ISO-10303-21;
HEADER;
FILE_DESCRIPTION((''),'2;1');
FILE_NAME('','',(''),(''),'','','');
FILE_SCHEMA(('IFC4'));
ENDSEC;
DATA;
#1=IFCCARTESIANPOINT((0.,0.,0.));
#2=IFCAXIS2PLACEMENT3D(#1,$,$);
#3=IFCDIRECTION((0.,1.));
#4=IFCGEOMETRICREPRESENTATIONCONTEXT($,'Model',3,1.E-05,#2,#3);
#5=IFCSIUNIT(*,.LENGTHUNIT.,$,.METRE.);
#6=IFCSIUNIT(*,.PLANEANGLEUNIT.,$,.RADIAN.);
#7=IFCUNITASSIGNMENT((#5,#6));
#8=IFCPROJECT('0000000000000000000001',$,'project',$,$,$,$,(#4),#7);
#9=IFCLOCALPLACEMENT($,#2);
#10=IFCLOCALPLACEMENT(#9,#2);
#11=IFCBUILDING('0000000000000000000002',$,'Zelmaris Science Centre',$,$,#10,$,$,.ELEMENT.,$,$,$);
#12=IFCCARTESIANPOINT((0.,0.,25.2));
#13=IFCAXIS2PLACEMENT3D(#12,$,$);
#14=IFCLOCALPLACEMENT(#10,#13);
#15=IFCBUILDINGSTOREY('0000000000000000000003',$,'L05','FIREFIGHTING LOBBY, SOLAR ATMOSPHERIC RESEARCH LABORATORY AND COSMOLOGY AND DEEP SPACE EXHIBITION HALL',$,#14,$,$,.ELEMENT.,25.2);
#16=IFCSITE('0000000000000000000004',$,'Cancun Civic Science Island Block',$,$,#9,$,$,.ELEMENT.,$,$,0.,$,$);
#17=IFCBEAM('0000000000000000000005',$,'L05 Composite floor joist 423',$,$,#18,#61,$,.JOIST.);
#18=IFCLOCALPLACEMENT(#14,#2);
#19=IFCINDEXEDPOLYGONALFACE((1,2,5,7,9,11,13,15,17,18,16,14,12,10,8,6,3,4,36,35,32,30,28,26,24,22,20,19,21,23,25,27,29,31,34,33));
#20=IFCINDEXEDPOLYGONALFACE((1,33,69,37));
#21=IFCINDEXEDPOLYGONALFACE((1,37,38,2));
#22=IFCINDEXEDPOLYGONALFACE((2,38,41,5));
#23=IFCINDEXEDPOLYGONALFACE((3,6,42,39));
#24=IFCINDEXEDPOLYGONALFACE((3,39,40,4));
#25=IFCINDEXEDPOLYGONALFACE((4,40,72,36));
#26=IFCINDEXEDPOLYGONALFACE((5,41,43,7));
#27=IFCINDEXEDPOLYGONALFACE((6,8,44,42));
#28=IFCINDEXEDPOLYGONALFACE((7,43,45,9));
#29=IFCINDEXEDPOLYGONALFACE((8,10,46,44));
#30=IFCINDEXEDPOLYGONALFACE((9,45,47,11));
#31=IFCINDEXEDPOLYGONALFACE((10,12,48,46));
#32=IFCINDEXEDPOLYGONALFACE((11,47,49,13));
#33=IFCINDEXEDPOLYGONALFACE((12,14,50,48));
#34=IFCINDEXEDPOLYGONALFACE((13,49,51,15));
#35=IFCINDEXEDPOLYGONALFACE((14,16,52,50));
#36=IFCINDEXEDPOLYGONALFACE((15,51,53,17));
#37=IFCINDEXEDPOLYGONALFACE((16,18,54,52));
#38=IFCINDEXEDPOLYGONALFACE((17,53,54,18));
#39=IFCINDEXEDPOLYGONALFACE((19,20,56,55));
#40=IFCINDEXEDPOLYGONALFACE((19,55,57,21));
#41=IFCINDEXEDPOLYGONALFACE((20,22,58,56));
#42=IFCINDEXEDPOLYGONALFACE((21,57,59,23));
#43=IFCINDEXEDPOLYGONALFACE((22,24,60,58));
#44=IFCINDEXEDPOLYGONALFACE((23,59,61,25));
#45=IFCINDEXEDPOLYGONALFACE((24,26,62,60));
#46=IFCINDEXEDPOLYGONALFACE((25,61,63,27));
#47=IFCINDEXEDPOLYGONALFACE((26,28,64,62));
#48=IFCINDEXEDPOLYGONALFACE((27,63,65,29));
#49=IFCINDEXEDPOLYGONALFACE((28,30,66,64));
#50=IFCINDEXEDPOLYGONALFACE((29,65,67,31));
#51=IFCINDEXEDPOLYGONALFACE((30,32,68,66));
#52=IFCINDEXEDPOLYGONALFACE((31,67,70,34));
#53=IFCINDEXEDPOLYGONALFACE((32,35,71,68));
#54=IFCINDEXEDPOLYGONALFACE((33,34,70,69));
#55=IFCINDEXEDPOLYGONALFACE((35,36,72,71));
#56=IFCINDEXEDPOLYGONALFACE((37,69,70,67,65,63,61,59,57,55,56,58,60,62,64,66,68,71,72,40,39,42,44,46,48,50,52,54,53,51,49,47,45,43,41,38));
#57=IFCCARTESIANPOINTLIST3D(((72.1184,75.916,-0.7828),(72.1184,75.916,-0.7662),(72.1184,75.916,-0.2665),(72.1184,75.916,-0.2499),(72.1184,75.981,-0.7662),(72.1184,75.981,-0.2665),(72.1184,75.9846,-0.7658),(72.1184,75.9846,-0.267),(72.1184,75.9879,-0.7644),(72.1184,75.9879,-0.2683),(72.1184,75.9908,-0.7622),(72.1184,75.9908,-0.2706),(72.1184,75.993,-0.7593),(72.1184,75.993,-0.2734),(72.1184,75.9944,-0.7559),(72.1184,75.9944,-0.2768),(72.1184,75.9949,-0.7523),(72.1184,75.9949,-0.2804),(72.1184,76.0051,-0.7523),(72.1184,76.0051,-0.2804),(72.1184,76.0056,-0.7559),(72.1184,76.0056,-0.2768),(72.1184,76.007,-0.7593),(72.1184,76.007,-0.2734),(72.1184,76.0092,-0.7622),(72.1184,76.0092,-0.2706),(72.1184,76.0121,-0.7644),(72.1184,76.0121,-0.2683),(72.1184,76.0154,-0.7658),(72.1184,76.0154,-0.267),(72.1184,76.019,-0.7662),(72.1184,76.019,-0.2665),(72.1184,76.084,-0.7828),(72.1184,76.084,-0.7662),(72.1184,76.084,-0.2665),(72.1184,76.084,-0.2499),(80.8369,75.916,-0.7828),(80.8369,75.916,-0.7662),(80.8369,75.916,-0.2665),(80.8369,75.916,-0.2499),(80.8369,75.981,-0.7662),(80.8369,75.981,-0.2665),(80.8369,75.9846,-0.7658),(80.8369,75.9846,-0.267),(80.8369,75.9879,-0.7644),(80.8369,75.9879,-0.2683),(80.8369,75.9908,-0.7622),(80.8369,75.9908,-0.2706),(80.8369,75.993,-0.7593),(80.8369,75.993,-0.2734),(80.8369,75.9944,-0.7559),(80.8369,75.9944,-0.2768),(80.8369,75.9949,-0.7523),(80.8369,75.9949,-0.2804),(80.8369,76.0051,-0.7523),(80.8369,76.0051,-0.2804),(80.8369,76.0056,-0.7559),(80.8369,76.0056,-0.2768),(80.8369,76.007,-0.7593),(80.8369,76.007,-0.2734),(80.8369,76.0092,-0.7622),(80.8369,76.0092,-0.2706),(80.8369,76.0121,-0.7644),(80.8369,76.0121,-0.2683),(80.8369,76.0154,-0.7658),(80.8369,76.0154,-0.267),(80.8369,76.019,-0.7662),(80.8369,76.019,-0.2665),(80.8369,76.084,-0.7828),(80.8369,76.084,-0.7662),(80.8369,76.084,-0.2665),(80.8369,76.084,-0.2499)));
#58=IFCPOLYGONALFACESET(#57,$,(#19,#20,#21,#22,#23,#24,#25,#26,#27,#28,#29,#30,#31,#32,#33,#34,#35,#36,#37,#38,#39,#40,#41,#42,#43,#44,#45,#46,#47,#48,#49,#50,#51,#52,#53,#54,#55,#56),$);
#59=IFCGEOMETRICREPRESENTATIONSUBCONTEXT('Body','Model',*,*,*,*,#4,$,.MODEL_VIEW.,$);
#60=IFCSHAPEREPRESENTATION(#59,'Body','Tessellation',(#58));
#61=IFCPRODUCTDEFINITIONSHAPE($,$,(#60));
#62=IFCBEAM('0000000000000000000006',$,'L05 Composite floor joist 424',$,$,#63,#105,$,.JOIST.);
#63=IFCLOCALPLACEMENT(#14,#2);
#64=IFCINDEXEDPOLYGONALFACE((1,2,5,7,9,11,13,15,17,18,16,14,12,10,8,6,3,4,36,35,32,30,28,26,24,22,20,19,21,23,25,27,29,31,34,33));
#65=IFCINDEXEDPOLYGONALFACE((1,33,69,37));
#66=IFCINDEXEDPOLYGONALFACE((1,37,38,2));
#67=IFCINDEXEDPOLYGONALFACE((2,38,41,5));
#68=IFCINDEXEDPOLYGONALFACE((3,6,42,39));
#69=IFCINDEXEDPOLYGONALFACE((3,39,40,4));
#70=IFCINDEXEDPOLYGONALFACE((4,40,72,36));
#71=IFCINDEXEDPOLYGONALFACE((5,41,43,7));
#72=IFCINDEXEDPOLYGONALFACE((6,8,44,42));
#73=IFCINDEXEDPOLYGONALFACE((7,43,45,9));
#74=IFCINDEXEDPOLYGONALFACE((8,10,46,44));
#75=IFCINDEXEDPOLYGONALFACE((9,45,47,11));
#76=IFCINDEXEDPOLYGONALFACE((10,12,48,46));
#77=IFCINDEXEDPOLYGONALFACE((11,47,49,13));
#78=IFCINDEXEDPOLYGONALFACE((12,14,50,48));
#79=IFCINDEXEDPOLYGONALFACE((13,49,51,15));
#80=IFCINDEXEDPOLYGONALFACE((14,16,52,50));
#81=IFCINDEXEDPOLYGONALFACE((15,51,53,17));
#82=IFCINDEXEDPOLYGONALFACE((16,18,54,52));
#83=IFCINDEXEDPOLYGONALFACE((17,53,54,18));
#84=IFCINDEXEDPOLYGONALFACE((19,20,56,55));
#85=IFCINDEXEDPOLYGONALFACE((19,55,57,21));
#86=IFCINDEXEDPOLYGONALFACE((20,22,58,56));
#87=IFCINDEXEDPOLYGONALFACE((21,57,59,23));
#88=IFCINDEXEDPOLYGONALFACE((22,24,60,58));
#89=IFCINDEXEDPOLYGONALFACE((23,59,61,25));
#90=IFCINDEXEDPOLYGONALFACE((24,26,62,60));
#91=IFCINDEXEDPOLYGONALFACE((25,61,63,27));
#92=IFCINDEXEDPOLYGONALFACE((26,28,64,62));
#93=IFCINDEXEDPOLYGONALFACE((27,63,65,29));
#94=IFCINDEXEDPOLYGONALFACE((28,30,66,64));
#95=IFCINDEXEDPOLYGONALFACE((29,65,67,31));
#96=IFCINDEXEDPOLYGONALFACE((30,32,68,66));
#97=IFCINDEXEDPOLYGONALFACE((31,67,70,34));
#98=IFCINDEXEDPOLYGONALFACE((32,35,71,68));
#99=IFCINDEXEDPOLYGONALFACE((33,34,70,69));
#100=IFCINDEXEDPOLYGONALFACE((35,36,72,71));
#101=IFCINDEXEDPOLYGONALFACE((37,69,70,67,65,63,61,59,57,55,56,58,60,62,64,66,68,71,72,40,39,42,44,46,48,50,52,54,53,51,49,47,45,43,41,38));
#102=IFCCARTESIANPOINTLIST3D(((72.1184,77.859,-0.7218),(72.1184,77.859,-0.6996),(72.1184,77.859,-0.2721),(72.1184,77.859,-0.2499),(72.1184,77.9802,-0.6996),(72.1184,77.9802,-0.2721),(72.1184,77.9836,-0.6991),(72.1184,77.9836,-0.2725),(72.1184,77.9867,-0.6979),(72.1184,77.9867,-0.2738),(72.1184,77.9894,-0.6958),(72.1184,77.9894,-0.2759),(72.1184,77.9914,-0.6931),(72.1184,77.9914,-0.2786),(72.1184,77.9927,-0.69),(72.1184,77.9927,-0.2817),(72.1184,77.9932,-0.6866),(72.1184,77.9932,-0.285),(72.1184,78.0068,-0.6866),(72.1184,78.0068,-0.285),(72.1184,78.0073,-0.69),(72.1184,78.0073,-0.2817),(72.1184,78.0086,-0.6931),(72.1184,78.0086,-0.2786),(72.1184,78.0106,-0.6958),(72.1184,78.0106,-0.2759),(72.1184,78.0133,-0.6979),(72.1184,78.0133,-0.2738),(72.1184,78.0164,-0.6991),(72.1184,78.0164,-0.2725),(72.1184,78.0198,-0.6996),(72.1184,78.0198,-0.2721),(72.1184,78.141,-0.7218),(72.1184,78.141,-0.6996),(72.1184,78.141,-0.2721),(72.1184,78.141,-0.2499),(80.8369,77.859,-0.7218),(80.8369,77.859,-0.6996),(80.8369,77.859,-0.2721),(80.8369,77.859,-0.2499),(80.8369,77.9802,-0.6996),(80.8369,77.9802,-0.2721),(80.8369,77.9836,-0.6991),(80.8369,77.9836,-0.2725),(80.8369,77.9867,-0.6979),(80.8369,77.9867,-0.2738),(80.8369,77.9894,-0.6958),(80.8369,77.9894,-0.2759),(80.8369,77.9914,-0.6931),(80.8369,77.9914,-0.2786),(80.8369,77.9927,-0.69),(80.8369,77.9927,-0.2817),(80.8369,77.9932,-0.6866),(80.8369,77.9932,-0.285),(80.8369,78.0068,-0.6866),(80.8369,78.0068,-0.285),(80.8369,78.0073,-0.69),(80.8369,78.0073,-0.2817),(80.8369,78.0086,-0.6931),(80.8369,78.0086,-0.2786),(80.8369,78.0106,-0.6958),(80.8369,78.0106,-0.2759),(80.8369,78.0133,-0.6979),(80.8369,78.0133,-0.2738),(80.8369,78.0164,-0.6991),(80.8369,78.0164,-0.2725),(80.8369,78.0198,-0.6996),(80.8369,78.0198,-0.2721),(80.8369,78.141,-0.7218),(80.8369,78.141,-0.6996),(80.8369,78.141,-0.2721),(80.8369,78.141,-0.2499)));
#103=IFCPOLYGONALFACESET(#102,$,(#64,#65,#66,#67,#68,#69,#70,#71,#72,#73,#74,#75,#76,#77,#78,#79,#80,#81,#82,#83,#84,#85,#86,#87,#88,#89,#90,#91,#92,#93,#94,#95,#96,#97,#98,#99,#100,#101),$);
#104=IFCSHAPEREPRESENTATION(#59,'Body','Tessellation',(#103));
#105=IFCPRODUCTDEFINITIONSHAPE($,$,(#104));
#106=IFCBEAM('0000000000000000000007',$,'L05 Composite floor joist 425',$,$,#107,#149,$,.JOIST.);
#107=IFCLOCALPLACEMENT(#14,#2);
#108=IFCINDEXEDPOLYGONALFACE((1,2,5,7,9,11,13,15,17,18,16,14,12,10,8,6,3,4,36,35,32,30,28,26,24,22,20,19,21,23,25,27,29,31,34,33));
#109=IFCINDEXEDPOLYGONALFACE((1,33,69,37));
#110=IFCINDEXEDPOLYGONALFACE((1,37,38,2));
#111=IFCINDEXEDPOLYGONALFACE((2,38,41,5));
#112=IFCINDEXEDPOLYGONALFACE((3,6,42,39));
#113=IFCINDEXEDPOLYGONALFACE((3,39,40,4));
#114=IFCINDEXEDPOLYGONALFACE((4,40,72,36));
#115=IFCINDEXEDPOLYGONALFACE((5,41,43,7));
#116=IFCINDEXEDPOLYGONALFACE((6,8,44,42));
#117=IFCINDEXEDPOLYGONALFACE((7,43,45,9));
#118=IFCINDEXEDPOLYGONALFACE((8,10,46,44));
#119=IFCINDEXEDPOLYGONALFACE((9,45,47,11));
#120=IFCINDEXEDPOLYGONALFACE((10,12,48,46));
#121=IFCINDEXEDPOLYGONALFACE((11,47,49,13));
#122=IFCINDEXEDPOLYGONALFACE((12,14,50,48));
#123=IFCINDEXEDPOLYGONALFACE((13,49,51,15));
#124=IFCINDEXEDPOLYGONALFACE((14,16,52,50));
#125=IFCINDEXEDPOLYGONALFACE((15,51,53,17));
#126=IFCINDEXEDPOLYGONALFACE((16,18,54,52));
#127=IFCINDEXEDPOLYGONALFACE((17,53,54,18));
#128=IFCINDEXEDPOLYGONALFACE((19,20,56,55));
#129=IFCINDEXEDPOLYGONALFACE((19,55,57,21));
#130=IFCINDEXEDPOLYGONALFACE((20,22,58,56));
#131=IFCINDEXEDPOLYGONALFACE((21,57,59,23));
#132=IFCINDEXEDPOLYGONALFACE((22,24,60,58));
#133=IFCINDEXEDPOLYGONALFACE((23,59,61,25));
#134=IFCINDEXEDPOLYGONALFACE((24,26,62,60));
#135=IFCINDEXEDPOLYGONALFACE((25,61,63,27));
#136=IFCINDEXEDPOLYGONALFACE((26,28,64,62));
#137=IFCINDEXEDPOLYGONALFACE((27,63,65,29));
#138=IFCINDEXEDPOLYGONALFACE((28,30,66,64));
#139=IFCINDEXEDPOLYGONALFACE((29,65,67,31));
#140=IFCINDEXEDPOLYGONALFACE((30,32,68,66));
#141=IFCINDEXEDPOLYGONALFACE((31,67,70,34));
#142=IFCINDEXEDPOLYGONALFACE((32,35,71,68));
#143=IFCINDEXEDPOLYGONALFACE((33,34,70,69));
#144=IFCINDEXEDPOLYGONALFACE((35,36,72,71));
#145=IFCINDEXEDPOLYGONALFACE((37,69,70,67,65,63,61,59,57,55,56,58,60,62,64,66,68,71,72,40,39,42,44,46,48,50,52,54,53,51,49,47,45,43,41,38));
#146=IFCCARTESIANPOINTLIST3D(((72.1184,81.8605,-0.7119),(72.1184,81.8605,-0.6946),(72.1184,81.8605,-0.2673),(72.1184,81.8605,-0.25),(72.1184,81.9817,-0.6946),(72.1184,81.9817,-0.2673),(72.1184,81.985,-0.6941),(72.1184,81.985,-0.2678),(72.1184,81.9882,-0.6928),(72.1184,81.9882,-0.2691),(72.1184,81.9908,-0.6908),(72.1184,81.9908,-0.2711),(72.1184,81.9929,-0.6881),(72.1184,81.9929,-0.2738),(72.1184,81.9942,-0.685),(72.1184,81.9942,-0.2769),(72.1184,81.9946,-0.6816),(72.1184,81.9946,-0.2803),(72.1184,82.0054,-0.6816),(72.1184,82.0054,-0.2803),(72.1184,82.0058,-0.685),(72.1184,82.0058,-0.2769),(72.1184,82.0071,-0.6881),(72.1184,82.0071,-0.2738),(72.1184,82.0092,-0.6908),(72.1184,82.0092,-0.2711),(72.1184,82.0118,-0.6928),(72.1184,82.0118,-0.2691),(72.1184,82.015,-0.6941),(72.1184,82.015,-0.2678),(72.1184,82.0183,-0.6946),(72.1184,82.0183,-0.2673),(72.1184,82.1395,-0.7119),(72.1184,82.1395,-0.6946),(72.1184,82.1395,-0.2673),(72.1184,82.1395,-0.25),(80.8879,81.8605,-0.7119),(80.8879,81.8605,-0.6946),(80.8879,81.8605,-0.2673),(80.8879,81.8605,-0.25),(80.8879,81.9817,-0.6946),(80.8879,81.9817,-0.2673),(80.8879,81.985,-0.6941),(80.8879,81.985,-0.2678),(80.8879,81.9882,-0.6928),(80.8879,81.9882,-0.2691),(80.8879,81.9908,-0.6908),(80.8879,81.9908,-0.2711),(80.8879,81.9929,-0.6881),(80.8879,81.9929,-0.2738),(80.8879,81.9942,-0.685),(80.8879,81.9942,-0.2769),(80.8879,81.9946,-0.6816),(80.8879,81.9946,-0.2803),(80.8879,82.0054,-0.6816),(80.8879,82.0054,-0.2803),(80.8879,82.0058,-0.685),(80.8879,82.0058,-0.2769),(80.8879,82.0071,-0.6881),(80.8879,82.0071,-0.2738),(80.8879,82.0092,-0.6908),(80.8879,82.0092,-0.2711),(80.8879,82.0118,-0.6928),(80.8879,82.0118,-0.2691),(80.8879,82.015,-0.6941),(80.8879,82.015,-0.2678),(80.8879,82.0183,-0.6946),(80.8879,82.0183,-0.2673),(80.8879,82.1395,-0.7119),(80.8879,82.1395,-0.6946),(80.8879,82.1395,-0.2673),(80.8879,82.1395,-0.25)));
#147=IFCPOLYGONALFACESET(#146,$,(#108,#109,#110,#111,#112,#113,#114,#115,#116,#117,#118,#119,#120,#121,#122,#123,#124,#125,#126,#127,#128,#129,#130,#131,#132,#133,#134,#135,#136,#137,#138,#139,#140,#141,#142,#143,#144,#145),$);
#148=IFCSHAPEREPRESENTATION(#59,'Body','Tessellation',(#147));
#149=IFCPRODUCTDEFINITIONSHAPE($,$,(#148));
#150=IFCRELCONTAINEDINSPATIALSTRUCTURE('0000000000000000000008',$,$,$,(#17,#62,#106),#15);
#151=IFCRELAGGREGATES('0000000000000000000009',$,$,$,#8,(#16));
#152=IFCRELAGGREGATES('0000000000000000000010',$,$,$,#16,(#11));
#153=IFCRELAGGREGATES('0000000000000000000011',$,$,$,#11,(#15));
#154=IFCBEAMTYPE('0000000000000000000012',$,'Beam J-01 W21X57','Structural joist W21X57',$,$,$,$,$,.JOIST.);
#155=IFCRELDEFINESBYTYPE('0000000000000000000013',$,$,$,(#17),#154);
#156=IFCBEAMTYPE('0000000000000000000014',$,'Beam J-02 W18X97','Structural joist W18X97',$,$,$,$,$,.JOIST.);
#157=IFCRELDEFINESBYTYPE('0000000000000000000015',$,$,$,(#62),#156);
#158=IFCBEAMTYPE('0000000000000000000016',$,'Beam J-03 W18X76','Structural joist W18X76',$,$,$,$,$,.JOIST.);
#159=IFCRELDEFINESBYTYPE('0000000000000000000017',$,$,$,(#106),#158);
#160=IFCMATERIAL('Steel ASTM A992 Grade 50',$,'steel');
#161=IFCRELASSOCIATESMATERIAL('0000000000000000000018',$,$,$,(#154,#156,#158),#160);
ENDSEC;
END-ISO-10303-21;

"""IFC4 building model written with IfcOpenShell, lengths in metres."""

from ifc_helpers import new_model, si_unit, direction, frame, origin, origin_2d, place, context, subcontext, project, spatial, i_section, extrude, material, material_profile, profile_set, type_object, element, save


model = new_model("IFC4")

# Units and contexts
model_context = context("Model", 3, precision=1e-05, world=origin(), true_north=direction((0.0, 1.0)))
body_context = subcontext(model_context, "Body", "Model", "MODEL_VIEW")
ifc_project = project(units=[si_unit("LENGTHUNIT", "METRE"), si_unit("PLANEANGLEUNIT", "RADIAN")], contexts=[model_context])

# Site, building, storey
site_placement = place(None, origin())
site = spatial("IfcSite", under=ifc_project, at=site_placement, Name="Cancun Civic Science Island Block", CompositionType="ELEMENT", RefElevation=0.0)
building_placement = place(site_placement, origin())
building = spatial("IfcBuilding", under=site, at=building_placement, Name="Zelmaris Science Centre", CompositionType="ELEMENT")
storey_placement = place(building_placement, frame((0.0, 0.0, 25.2)))
storey = spatial("IfcBuildingStorey", under=building, at=storey_placement, Name="L05", Description="FIREFIGHTING LOBBY, SOLAR ATMOSPHERIC RESEARCH LABORATORY AND COSMOLOGY AND DEEP SPACE EXHIBITION HALL", CompositionType="ELEMENT", Elevation=25.2)

# Shared definitions
ifc_material_1 = material(Name="Steel ASTM A992 Grade 50", Category="steel")

# Beams
ifc_material_profile_1 = material_profile(ifc_material_1, i_section(OverallWidth=0.168, OverallDepth=0.533, WebThickness=0.0103, FlangeThickness=0.0166, FilletRadius=0.0139, at=origin_2d()), Name="W21X57")
ifc_profile_set_1 = profile_set([ifc_material_profile_1], Name="Steel ASTM A992 Grade 50")
beam_type_1 = type_object("IfcBeamType", Name="Beam J-01 W21X57", Description="Structural joist W21X57", PredefinedType="JOIST", material=ifc_profile_set_1)
beam_1_placement = place(storey_placement, frame((72.1184, 76.0, -0.5164), z_axis=(1.0, 0.0, 0.0), x_axis=(0.0, 1.0, 0.0)))
element("IfcBeam", 1, at=beam_1_placement, inside=storey, type_object=beam_type_1, Name="L05 Composite floor joist 423", PredefinedType="JOIST", context=body_context, shape_type="SweptSolid", body=[
    extrude(i_section(OverallWidth=0.168, OverallDepth=0.533, WebThickness=0.0103, FlangeThickness=0.0166, FilletRadius=0.0139, at=origin_2d()), origin(), (0.0, 0.0, 1.0), 8.7185),
])
ifc_material_profile_2 = material_profile(ifc_material_1, i_section(OverallWidth=0.282, OverallDepth=0.4719, WebThickness=0.0137, FlangeThickness=0.0222, FilletRadius=0.0129, at=origin_2d()), Name="W18X97")
ifc_profile_set_2 = profile_set([ifc_material_profile_2], Name="Steel ASTM A992 Grade 50")
beam_type_2 = type_object("IfcBeamType", Name="Beam J-02 W18X97", Description="Structural joist W18X97", PredefinedType="JOIST", material=ifc_profile_set_2)
beam_2_placement = place(storey_placement, frame((72.1184, 78.0, -0.4858), z_axis=(1.0, 0.0, 0.0), x_axis=(0.0, 1.0, 0.0)))
element("IfcBeam", 2, at=beam_2_placement, inside=storey, type_object=beam_type_2, Name="L05 Composite floor joist 424", PredefinedType="JOIST", context=body_context, shape_type="SweptSolid", body=[
    extrude(i_section(OverallWidth=0.282, OverallDepth=0.4719, WebThickness=0.0137, FlangeThickness=0.0222, FilletRadius=0.0129, at=origin_2d()), origin(), (0.0, 0.0, 1.0), 8.7185),
])
ifc_material_profile_3 = material_profile(ifc_material_1, i_section(OverallWidth=0.2791, OverallDepth=0.4619, WebThickness=0.0107, FlangeThickness=0.0173, FilletRadius=0.0129, at=origin_2d()), Name="W18X76")
ifc_profile_set_3 = profile_set([ifc_material_profile_3], Name="Steel ASTM A992 Grade 50")
beam_type_3 = type_object("IfcBeamType", Name="Beam J-03 W18X76", Description="Structural joist W18X76", PredefinedType="JOIST", material=ifc_profile_set_3)
beam_3_placement = place(storey_placement, frame((72.1184, 82.0, -0.481), z_axis=(1.0, 0.0, 0.0), x_axis=(0.0, 1.0, 0.0)))
element("IfcBeam", 3, at=beam_3_placement, inside=storey, type_object=beam_type_3, Name="L05 Composite floor joist 425", PredefinedType="JOIST", context=body_context, shape_type="SweptSolid", body=[
    extrude(i_section(OverallWidth=0.2791, OverallDepth=0.4619, WebThickness=0.0107, FlangeThickness=0.0173, FilletRadius=0.0129, at=origin_2d()), origin(), (0.0, 0.0, 1.0), 8.7695),
])

save(model, "model.ifc")
